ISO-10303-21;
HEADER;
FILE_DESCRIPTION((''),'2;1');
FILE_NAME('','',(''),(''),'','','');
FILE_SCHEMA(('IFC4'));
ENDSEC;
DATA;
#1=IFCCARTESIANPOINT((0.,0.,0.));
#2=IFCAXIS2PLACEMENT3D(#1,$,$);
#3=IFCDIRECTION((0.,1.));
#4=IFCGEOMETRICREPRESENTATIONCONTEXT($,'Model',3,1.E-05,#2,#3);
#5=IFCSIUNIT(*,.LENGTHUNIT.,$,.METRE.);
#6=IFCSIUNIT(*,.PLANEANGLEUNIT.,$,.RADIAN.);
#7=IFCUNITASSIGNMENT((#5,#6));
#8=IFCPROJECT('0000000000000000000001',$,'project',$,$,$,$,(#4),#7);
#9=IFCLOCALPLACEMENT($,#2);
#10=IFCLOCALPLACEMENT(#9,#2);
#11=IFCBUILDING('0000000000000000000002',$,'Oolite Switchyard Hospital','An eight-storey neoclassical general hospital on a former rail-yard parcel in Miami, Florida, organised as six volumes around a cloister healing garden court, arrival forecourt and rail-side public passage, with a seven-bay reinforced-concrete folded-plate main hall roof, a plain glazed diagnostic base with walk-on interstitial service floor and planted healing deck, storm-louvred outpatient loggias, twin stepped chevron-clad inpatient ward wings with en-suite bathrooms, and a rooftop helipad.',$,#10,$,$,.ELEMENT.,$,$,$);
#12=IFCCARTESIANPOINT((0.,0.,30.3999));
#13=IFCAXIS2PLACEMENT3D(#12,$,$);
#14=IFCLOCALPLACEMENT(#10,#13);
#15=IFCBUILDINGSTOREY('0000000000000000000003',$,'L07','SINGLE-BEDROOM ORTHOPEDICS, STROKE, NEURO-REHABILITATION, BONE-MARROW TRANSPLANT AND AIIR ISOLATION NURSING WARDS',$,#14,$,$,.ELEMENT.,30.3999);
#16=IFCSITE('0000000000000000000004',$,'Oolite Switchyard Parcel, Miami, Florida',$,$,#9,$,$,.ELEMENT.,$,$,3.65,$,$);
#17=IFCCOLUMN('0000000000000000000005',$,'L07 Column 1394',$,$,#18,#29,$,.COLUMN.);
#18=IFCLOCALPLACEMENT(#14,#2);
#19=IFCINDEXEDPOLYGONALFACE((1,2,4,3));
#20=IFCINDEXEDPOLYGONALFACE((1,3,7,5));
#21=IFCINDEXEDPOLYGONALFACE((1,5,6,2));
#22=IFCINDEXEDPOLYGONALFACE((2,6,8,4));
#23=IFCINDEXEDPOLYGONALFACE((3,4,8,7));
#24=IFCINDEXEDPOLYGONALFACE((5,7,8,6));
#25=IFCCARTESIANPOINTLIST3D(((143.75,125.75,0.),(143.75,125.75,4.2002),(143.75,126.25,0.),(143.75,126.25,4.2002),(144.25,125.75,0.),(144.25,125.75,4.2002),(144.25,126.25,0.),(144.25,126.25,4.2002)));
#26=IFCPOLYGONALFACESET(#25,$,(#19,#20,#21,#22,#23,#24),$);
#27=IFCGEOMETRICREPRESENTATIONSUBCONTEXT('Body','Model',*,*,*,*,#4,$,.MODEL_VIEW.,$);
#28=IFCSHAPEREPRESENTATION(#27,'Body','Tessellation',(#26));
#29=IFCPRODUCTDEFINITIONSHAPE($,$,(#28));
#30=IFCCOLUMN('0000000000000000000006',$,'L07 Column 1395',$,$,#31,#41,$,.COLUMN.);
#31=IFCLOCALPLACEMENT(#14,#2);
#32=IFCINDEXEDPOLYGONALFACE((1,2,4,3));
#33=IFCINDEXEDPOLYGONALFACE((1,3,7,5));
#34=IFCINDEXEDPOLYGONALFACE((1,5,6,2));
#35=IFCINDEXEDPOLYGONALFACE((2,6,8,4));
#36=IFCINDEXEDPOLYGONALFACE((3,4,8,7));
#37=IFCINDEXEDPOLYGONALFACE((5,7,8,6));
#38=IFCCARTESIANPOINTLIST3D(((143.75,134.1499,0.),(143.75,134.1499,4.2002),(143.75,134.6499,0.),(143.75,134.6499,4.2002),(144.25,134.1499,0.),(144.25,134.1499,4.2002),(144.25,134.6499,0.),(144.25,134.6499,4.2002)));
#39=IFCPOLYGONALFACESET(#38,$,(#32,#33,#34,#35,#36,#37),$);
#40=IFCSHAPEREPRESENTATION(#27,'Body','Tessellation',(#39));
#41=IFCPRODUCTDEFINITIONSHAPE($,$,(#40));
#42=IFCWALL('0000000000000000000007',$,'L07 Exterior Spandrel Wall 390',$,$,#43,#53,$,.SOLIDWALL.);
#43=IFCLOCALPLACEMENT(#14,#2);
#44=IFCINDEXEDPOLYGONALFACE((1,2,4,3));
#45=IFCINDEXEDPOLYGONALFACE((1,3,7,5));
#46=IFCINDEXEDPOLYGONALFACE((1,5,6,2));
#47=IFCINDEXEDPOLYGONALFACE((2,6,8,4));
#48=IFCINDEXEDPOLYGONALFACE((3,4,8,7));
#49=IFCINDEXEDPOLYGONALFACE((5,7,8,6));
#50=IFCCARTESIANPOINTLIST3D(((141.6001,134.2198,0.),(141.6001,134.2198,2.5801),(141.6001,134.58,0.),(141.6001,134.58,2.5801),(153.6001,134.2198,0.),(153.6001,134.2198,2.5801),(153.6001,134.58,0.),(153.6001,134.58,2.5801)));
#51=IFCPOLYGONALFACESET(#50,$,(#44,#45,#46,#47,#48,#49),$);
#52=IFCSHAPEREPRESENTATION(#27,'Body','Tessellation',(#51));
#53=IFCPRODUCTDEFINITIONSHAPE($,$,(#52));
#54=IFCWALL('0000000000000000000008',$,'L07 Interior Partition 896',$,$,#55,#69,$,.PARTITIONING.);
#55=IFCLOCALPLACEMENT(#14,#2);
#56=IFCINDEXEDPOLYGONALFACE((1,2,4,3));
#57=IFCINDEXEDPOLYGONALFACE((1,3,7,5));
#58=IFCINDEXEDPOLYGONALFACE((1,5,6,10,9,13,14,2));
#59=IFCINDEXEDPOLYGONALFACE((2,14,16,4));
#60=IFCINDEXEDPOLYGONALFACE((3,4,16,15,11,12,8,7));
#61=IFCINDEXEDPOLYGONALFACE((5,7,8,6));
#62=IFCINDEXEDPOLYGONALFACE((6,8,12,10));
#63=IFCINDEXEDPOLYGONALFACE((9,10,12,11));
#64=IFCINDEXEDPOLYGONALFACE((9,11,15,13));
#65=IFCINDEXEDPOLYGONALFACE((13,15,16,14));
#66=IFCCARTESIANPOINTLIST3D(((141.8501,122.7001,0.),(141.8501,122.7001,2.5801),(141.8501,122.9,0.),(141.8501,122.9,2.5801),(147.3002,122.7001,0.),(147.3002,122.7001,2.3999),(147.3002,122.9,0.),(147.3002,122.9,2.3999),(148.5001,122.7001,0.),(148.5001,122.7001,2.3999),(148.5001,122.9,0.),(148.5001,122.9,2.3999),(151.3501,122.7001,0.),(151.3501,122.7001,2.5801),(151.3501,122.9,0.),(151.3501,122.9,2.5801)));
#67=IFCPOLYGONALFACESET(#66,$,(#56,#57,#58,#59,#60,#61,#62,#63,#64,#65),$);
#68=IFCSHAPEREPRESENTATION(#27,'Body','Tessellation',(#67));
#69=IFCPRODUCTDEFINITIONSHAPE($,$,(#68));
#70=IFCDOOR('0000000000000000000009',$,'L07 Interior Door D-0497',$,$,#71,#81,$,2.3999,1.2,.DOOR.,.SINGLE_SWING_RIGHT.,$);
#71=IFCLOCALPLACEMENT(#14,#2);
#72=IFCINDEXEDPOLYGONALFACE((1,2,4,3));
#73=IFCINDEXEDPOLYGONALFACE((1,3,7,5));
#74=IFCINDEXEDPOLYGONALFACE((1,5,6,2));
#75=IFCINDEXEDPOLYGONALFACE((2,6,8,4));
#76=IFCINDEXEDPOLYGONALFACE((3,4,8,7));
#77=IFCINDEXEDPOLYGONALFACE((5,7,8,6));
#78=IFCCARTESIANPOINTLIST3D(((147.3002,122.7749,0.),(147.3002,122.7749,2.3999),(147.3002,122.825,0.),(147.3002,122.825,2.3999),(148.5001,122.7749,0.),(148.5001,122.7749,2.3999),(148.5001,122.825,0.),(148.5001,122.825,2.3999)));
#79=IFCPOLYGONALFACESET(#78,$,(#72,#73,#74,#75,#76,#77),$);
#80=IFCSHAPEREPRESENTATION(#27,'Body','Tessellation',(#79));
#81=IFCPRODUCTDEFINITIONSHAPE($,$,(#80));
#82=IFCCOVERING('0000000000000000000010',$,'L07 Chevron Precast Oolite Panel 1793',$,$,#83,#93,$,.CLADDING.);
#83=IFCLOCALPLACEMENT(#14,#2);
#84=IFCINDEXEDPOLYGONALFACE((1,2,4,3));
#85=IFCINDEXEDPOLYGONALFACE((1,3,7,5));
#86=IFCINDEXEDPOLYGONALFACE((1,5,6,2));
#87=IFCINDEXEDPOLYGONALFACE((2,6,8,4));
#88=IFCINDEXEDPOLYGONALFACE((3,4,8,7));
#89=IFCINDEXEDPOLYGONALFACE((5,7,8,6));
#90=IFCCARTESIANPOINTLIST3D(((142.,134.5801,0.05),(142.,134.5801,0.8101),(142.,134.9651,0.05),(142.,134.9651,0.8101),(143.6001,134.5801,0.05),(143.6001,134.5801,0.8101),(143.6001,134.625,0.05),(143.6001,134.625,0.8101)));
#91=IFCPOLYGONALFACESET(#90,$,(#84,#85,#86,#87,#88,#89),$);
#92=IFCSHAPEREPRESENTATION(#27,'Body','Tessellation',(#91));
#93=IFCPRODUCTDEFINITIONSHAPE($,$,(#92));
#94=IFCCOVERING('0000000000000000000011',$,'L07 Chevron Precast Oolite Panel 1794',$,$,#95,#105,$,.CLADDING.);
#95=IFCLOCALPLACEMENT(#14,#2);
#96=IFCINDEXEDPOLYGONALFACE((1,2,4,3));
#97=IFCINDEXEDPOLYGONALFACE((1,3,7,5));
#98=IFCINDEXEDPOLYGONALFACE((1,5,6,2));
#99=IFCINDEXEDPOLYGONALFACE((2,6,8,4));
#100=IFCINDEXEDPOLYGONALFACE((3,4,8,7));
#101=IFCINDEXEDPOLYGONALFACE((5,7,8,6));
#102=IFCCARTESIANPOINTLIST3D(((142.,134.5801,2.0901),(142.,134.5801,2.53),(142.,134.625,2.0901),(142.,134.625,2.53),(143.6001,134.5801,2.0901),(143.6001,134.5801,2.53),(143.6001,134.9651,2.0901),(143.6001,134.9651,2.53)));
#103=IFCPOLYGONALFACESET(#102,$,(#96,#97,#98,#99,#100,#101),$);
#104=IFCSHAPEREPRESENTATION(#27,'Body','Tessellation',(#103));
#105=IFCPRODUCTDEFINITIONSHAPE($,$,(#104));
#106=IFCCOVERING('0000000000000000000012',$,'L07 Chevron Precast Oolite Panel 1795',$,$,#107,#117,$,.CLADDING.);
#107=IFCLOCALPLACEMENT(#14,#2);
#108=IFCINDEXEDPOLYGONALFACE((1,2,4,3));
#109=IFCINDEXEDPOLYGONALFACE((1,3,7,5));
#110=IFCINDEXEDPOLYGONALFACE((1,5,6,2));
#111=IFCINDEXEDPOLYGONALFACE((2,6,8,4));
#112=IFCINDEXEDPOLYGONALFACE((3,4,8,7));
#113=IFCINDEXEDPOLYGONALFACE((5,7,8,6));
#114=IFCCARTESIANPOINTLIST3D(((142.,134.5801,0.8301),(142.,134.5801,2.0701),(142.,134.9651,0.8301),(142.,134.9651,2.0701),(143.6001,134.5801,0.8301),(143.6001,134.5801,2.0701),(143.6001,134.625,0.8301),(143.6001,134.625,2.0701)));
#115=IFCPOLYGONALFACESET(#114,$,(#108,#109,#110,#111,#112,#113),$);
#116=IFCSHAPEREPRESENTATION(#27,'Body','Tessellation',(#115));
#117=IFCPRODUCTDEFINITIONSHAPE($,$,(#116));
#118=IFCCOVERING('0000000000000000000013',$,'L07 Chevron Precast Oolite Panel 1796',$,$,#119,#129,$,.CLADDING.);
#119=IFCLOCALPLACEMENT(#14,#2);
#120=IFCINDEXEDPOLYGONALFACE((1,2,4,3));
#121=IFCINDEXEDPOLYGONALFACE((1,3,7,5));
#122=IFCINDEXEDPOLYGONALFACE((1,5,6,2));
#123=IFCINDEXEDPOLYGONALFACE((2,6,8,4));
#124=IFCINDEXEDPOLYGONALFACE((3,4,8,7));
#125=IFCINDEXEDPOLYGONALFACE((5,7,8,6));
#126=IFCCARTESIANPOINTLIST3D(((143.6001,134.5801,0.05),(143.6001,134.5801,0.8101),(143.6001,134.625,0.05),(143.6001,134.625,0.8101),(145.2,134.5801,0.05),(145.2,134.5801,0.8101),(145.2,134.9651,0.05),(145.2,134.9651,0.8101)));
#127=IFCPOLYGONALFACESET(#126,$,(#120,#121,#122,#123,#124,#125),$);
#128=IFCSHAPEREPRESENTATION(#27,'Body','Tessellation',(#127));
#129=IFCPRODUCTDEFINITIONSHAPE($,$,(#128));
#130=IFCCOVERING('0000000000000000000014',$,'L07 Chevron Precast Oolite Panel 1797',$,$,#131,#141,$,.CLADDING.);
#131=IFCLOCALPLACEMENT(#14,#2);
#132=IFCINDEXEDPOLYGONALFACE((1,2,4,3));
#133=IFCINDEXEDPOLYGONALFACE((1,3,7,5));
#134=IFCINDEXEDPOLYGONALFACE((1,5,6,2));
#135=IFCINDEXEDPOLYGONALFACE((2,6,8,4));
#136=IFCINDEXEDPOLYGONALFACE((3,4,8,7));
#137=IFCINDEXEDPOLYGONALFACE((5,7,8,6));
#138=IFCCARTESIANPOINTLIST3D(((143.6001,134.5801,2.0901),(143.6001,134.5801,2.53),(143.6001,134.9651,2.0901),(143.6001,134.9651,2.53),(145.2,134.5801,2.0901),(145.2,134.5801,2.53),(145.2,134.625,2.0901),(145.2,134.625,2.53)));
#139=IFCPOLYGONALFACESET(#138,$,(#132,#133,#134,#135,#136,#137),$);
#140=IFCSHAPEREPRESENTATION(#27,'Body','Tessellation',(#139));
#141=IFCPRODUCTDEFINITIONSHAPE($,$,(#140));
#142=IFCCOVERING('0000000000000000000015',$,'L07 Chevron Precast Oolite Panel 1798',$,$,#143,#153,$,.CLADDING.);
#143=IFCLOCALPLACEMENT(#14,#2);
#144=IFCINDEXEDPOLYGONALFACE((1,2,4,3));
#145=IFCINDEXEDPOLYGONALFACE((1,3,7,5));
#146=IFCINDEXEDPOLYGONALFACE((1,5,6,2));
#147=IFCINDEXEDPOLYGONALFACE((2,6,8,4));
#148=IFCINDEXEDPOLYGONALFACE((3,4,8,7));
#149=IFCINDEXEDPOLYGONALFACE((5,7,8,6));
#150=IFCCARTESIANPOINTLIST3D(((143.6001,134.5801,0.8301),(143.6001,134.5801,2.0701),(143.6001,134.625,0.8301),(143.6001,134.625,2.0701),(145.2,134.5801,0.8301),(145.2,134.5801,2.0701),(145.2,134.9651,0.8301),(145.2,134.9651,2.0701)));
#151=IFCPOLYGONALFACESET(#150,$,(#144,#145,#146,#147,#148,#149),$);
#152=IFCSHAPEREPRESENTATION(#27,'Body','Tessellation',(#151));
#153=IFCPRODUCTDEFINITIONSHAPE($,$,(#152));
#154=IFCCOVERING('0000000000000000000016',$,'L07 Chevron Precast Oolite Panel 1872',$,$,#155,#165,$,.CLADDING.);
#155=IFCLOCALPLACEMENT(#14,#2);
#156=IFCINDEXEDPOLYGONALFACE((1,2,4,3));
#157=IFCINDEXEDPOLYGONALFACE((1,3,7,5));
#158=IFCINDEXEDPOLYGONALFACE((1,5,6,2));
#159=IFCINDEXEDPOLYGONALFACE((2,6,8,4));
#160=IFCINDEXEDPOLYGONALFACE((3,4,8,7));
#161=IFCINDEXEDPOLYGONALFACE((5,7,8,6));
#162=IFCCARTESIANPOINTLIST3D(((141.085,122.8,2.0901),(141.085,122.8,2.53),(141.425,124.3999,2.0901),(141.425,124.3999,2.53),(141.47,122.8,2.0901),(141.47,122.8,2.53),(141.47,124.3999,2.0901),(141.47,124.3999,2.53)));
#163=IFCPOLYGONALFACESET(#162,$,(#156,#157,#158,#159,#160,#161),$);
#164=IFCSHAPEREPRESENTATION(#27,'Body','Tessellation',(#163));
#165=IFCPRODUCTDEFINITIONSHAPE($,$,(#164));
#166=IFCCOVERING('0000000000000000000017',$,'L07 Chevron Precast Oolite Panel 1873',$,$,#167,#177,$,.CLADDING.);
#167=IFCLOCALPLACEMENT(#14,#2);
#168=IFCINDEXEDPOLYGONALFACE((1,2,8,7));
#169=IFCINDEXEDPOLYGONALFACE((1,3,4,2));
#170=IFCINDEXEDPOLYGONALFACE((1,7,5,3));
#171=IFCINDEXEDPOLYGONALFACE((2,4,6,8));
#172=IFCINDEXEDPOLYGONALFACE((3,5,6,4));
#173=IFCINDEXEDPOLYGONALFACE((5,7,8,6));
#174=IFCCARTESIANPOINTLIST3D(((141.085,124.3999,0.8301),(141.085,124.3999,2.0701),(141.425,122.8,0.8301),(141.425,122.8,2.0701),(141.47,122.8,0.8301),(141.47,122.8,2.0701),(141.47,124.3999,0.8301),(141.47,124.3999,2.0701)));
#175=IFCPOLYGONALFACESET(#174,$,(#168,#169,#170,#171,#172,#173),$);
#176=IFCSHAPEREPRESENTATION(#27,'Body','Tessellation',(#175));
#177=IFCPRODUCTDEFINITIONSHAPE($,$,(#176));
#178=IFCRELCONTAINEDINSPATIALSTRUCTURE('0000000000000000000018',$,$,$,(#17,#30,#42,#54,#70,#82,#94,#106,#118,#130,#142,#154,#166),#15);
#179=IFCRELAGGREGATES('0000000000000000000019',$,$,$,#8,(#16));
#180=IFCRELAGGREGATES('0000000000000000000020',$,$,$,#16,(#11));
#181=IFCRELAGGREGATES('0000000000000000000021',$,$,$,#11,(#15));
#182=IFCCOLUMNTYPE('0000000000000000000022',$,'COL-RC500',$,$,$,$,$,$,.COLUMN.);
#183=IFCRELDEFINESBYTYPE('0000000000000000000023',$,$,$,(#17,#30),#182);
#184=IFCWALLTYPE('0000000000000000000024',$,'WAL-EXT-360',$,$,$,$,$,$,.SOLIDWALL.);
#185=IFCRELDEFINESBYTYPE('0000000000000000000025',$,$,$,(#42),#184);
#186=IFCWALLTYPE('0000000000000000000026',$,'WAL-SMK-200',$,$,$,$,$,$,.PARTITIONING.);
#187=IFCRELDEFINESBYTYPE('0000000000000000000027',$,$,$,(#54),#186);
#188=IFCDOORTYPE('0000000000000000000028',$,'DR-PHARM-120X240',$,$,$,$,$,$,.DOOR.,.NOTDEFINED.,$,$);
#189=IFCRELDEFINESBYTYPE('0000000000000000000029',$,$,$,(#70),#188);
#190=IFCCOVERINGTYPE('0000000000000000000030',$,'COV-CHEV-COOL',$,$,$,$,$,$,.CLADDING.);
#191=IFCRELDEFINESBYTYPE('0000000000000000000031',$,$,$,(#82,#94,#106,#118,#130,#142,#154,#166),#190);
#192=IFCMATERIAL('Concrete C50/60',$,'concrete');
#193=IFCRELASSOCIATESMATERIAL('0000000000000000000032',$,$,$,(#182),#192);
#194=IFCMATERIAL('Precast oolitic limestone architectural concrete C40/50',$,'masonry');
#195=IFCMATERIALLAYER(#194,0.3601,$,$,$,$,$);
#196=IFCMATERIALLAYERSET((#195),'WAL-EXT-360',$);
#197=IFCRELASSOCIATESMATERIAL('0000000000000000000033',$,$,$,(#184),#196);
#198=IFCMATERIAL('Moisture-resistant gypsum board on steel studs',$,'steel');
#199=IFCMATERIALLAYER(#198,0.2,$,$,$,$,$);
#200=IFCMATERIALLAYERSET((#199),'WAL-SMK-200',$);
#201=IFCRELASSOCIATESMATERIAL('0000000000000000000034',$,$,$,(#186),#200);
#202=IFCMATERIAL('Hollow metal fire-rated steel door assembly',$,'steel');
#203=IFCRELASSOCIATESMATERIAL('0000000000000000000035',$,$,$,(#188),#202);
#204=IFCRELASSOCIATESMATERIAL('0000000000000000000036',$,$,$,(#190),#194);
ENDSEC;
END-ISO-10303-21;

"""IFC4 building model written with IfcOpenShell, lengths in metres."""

from ifc_helpers import new_model, si_unit, direction, frame, frame_2d, origin, origin_2d, place, context, subcontext, project, spatial, polyline, rectangle, outline, extrude, material, layer, layer_set, material_profile, profile_set, type_object, element, fill, save


model = new_model("IFC4")

# Units and contexts
model_context = context("Model", 3, precision=1e-05, world=origin(), true_north=direction((0.0, 1.0)))
body_context = subcontext(model_context, "Body", "Model", "MODEL_VIEW")
ifc_project = project(units=[si_unit("LENGTHUNIT", "METRE"), si_unit("PLANEANGLEUNIT", "RADIAN")], contexts=[model_context])

# Site, building, storey
site_placement = place(None, origin())
site = spatial("IfcSite", under=ifc_project, at=site_placement, Name="Oolite Switchyard Parcel, Miami, Florida", CompositionType="ELEMENT", RefElevation=3.65)
building_placement = place(site_placement, origin())
building = spatial("IfcBuilding", under=site, at=building_placement, Name="Oolite Switchyard Hospital", Description="An eight-storey neoclassical general hospital on a former rail-yard parcel in Miami, Florida, organised as six volumes around a cloister healing garden court, arrival forecourt and rail-side public passage, with a seven-bay reinforced-concrete folded-plate main hall roof, a plain glazed diagnostic base with walk-on interstitial service floor and planted healing deck, storm-louvred outpatient loggias, twin stepped chevron-clad inpatient ward wings with en-suite bathrooms, and a rooftop helipad.", CompositionType="ELEMENT")
storey_placement = place(building_placement, frame((0.0, 0.0, 30.3999)))
storey = spatial("IfcBuildingStorey", under=building, at=storey_placement, Name="L07", Description="SINGLE-BEDROOM ORTHOPEDICS, STROKE, NEURO-REHABILITATION, BONE-MARROW TRANSPLANT AND AIIR ISOLATION NURSING WARDS", CompositionType="ELEMENT", Elevation=30.3999)

# Columns
ifc_material_1 = material(Name="Concrete C50/60", Category="concrete")
ifc_material_profile = material_profile(ifc_material_1, rectangle(XDim=0.5, YDim=0.5, at=origin_2d()), Name="RC500X500")
ifc_profile_set = profile_set([ifc_material_profile], Name="Concrete C50/60")
column_type = type_object("IfcColumnType", Name="COL-RC500", PredefinedType="COLUMN", material=ifc_profile_set)
for number, where, z_axis, x_axis, name in (
    (1, (144.0, 126.0, 0.0), (0.0, 0.0, 1.0), (1.0, 0.0, 0.0), "L07 Column 1394"),
    (2, (144.0, 134.3999, 0.0), (0.0, 0.0, 1.0), (1.0, 0.0, 0.0), "L07 Column 1395"),
):
    element("IfcColumn", number, at=place(storey_placement, frame(where, z_axis=z_axis, x_axis=x_axis)), inside=storey, type_object=column_type, Name=name, PredefinedType="COLUMN", context=body_context, shape_type="SweptSolid", body=[
        extrude(rectangle(XDim=0.5, YDim=0.5, at=origin_2d()), origin(), (0.0, 0.0, 1.0), 4.2002),
    ])

# Wall
ifc_material_2 = material(Name="Precast oolitic limestone architectural concrete C40/50", Category="masonry")
ifc_layer_1 = layer(ifc_material_2, 0.3601)
ifc_layer_set_1 = layer_set([ifc_layer_1], Name="WAL-EXT-360")
wall_type_1 = type_object("IfcWallType", Name="WAL-EXT-360", PredefinedType="SOLIDWALL", material=ifc_layer_set_1)
wall_1_placement = place(storey_placement, frame((141.6001, 134.3999, 0.0), z_axis=(0.0, 0.0, 1.0), x_axis=(1.0, 0.0, 0.0)))
element("IfcWall", 3, at=wall_1_placement, inside=storey, type_object=wall_type_1, Name="L07 Exterior Spandrel Wall 390", PredefinedType="SOLIDWALL", context=body_context, shape_type="SweptSolid", body=[
    extrude(rectangle(XDim=12.0, YDim=0.3601, at=frame_2d((6.0, 0.0))), origin(), (0.0, 0.0, 1.0), 2.5801),
])

# Wall, opening, door
ifc_material_3 = material(Name="Moisture-resistant gypsum board on steel studs", Category="steel")
ifc_layer_2 = layer(ifc_material_3, 0.2)
ifc_layer_set_2 = layer_set([ifc_layer_2], Name="WAL-SMK-200")
wall_type_2 = type_object("IfcWallType", Name="WAL-SMK-200", PredefinedType="PARTITIONING", material=ifc_layer_set_2)
wall_2_placement = place(storey_placement, frame((141.8501, 122.8, 0.0), z_axis=(0.0, 0.0, 1.0), x_axis=(1.0, 0.0, 0.0)))
wall_2 = element("IfcWall", 4, at=wall_2_placement, inside=storey, type_object=wall_type_2, Name="L07 Interior Partition 896", PredefinedType="PARTITIONING", context=body_context, shape_type="SweptSolid", body=[
    extrude(rectangle(XDim=9.5, YDim=0.2, at=frame_2d((4.75, 0.0))), origin(), (0.0, 0.0, 1.0), 2.5801),
])
opening_placement = place(wall_2_placement, frame((5.45, 0.0, 0.0)))
opening = element("IfcOpeningElement", 5, at=opening_placement, cuts=wall_2, PredefinedType="OPENING", context=body_context, shape_type="SweptSolid", body=[
    extrude(rectangle(XDim=1.2, YDim=2.3999, at=frame_2d((0.6001, 1.2))), frame((0.0, 0.1099, 0.0), z_axis=(0.0, -1.0, 0.0), x_axis=(1.0, 0.0, 0.0)), (0.0, 0.0, 1.0), 0.22),
])
ifc_material_4 = material(Name="Hollow metal fire-rated steel door assembly", Category="steel")
door_type = type_object("IfcDoorType", Name="DR-PHARM-120X240", OperationType="NOTDEFINED", PredefinedType="DOOR", material=ifc_material_4)
door_placement = place(opening_placement, origin())
door = element("IfcDoor", 6, at=door_placement, inside=storey, type_object=door_type, Name="L07 Interior Door D-0497", OperationType="SINGLE_SWING_RIGHT", OverallHeight=2.3999, OverallWidth=1.2, PredefinedType="DOOR", context=body_context, shape_type="SweptSolid", body=[
    extrude(rectangle(XDim=1.2, YDim=2.3999, at=frame_2d((0.6001, 1.2))), frame((0.0, 0.0249, 0.0), z_axis=(0.0, -1.0, 0.0), x_axis=(1.0, 0.0, 0.0)), (0.0, 0.0, 1.0), 0.05),
])
fill(opening, door)

# Coverings
covering_type = type_object("IfcCoveringType", Name="COV-CHEV-COOL", PredefinedType="CLADDING", material=ifc_material_2)
covering_1_placement = place(storey_placement, frame((142.0, 134.5801, 0.05), z_axis=(0.0, 0.0, 1.0), x_axis=(1.0, 0.0, 0.0)))
element("IfcCovering", 7, at=covering_1_placement, inside=storey, type_object=covering_type, Name="L07 Chevron Precast Oolite Panel 1793", PredefinedType="CLADDING", context=body_context, shape_type="SweptSolid", body=[
    extrude(outline(polyline([(0.0, 0.0), (1.6001, 0.0), (1.6001, 0.0449), (0.0, 0.385), (0.0, 0.0)])), origin(), (0.0, 0.0, 1.0), 0.76),
])
covering_2_placement = place(storey_placement, frame((142.0, 134.5801, 2.0901), z_axis=(0.0, 0.0, 1.0), x_axis=(1.0, 0.0, 0.0)))
element("IfcCovering", 8, at=covering_2_placement, inside=storey, type_object=covering_type, Name="L07 Chevron Precast Oolite Panel 1794", PredefinedType="CLADDING", context=body_context, shape_type="SweptSolid", body=[
    extrude(outline(polyline([(0.0, 0.0), (1.6001, 0.0), (1.6001, 0.385), (0.0, 0.0449), (0.0, 0.0)])), origin(), (0.0, 0.0, 1.0), 0.4399),
])
covering_3_placement = place(storey_placement, frame((142.0, 134.5801, 0.8301), z_axis=(0.0, 0.0, 1.0), x_axis=(1.0, 0.0, 0.0)))
element("IfcCovering", 9, at=covering_3_placement, inside=storey, type_object=covering_type, Name="L07 Chevron Precast Oolite Panel 1795", PredefinedType="CLADDING", context=body_context, shape_type="SweptSolid", body=[
    extrude(outline(polyline([(0.0, 0.0), (1.6001, 0.0), (1.6001, 0.0449), (0.0, 0.385), (0.0, 0.0)])), origin(), (0.0, 0.0, 1.0), 1.24),
])
covering_4_placement = place(storey_placement, frame((143.6001, 134.5801, 0.05), z_axis=(0.0, 0.0, 1.0), x_axis=(1.0, 0.0, 0.0)))
element("IfcCovering", 10, at=covering_4_placement, inside=storey, type_object=covering_type, Name="L07 Chevron Precast Oolite Panel 1796", PredefinedType="CLADDING", context=body_context, shape_type="SweptSolid", body=[
    extrude(outline(polyline([(0.0, 0.0), (1.5999, 0.0), (1.5999, 0.385), (0.0, 0.0449), (0.0, 0.0)])), origin(), (0.0, 0.0, 1.0), 0.76),
])
covering_5_placement = place(storey_placement, frame((143.6001, 134.5801, 2.0901), z_axis=(0.0, 0.0, 1.0), x_axis=(1.0, 0.0, 0.0)))
element("IfcCovering", 11, at=covering_5_placement, inside=storey, type_object=covering_type, Name="L07 Chevron Precast Oolite Panel 1797", PredefinedType="CLADDING", context=body_context, shape_type="SweptSolid", body=[
    extrude(outline(polyline([(0.0, 0.0), (1.5999, 0.0), (1.5999, 0.0449), (0.0, 0.385), (0.0, 0.0)])), origin(), (0.0, 0.0, 1.0), 0.4399),
])
covering_6_placement = place(storey_placement, frame((143.6001, 134.5801, 0.8301), z_axis=(0.0, 0.0, 1.0), x_axis=(1.0, 0.0, 0.0)))
element("IfcCovering", 12, at=covering_6_placement, inside=storey, type_object=covering_type, Name="L07 Chevron Precast Oolite Panel 1798", PredefinedType="CLADDING", context=body_context, shape_type="SweptSolid", body=[
    extrude(outline(polyline([(0.0, 0.0), (1.5999, 0.0), (1.5999, 0.385), (0.0, 0.0449), (0.0, 0.0)])), origin(), (0.0, 0.0, 1.0), 1.24),
])
covering_7_placement = place(storey_placement, frame((141.47, 122.8, 2.0901), z_axis=(0.0, 0.0, 1.0), x_axis=(0.0, 1.0, 0.0)))
element("IfcCovering", 13, at=covering_7_placement, inside=storey, type_object=covering_type, Name="L07 Chevron Precast Oolite Panel 1872", PredefinedType="CLADDING", context=body_context, shape_type="SweptSolid", body=[
    extrude(outline(polyline([(0.0, 0.0), (1.5999, 0.0), (1.5999, 0.0449), (0.0, 0.385), (0.0, 0.0)])), origin(), (0.0, 0.0, 1.0), 0.4399),
])
covering_8_placement = place(storey_placement, frame((141.47, 122.8, 0.8301), z_axis=(0.0, 0.0, 1.0), x_axis=(0.0, 1.0, 0.0)))
element("IfcCovering", 14, at=covering_8_placement, inside=storey, type_object=covering_type, Name="L07 Chevron Precast Oolite Panel 1873", PredefinedType="CLADDING", context=body_context, shape_type="SweptSolid", body=[
    extrude(outline(polyline([(0.0, 0.0), (1.5999, 0.0), (1.5999, 0.385), (0.0, 0.0449), (0.0, 0.0)])), origin(), (0.0, 0.0, 1.0), 1.24),
])

save(model, "model.ifc")
